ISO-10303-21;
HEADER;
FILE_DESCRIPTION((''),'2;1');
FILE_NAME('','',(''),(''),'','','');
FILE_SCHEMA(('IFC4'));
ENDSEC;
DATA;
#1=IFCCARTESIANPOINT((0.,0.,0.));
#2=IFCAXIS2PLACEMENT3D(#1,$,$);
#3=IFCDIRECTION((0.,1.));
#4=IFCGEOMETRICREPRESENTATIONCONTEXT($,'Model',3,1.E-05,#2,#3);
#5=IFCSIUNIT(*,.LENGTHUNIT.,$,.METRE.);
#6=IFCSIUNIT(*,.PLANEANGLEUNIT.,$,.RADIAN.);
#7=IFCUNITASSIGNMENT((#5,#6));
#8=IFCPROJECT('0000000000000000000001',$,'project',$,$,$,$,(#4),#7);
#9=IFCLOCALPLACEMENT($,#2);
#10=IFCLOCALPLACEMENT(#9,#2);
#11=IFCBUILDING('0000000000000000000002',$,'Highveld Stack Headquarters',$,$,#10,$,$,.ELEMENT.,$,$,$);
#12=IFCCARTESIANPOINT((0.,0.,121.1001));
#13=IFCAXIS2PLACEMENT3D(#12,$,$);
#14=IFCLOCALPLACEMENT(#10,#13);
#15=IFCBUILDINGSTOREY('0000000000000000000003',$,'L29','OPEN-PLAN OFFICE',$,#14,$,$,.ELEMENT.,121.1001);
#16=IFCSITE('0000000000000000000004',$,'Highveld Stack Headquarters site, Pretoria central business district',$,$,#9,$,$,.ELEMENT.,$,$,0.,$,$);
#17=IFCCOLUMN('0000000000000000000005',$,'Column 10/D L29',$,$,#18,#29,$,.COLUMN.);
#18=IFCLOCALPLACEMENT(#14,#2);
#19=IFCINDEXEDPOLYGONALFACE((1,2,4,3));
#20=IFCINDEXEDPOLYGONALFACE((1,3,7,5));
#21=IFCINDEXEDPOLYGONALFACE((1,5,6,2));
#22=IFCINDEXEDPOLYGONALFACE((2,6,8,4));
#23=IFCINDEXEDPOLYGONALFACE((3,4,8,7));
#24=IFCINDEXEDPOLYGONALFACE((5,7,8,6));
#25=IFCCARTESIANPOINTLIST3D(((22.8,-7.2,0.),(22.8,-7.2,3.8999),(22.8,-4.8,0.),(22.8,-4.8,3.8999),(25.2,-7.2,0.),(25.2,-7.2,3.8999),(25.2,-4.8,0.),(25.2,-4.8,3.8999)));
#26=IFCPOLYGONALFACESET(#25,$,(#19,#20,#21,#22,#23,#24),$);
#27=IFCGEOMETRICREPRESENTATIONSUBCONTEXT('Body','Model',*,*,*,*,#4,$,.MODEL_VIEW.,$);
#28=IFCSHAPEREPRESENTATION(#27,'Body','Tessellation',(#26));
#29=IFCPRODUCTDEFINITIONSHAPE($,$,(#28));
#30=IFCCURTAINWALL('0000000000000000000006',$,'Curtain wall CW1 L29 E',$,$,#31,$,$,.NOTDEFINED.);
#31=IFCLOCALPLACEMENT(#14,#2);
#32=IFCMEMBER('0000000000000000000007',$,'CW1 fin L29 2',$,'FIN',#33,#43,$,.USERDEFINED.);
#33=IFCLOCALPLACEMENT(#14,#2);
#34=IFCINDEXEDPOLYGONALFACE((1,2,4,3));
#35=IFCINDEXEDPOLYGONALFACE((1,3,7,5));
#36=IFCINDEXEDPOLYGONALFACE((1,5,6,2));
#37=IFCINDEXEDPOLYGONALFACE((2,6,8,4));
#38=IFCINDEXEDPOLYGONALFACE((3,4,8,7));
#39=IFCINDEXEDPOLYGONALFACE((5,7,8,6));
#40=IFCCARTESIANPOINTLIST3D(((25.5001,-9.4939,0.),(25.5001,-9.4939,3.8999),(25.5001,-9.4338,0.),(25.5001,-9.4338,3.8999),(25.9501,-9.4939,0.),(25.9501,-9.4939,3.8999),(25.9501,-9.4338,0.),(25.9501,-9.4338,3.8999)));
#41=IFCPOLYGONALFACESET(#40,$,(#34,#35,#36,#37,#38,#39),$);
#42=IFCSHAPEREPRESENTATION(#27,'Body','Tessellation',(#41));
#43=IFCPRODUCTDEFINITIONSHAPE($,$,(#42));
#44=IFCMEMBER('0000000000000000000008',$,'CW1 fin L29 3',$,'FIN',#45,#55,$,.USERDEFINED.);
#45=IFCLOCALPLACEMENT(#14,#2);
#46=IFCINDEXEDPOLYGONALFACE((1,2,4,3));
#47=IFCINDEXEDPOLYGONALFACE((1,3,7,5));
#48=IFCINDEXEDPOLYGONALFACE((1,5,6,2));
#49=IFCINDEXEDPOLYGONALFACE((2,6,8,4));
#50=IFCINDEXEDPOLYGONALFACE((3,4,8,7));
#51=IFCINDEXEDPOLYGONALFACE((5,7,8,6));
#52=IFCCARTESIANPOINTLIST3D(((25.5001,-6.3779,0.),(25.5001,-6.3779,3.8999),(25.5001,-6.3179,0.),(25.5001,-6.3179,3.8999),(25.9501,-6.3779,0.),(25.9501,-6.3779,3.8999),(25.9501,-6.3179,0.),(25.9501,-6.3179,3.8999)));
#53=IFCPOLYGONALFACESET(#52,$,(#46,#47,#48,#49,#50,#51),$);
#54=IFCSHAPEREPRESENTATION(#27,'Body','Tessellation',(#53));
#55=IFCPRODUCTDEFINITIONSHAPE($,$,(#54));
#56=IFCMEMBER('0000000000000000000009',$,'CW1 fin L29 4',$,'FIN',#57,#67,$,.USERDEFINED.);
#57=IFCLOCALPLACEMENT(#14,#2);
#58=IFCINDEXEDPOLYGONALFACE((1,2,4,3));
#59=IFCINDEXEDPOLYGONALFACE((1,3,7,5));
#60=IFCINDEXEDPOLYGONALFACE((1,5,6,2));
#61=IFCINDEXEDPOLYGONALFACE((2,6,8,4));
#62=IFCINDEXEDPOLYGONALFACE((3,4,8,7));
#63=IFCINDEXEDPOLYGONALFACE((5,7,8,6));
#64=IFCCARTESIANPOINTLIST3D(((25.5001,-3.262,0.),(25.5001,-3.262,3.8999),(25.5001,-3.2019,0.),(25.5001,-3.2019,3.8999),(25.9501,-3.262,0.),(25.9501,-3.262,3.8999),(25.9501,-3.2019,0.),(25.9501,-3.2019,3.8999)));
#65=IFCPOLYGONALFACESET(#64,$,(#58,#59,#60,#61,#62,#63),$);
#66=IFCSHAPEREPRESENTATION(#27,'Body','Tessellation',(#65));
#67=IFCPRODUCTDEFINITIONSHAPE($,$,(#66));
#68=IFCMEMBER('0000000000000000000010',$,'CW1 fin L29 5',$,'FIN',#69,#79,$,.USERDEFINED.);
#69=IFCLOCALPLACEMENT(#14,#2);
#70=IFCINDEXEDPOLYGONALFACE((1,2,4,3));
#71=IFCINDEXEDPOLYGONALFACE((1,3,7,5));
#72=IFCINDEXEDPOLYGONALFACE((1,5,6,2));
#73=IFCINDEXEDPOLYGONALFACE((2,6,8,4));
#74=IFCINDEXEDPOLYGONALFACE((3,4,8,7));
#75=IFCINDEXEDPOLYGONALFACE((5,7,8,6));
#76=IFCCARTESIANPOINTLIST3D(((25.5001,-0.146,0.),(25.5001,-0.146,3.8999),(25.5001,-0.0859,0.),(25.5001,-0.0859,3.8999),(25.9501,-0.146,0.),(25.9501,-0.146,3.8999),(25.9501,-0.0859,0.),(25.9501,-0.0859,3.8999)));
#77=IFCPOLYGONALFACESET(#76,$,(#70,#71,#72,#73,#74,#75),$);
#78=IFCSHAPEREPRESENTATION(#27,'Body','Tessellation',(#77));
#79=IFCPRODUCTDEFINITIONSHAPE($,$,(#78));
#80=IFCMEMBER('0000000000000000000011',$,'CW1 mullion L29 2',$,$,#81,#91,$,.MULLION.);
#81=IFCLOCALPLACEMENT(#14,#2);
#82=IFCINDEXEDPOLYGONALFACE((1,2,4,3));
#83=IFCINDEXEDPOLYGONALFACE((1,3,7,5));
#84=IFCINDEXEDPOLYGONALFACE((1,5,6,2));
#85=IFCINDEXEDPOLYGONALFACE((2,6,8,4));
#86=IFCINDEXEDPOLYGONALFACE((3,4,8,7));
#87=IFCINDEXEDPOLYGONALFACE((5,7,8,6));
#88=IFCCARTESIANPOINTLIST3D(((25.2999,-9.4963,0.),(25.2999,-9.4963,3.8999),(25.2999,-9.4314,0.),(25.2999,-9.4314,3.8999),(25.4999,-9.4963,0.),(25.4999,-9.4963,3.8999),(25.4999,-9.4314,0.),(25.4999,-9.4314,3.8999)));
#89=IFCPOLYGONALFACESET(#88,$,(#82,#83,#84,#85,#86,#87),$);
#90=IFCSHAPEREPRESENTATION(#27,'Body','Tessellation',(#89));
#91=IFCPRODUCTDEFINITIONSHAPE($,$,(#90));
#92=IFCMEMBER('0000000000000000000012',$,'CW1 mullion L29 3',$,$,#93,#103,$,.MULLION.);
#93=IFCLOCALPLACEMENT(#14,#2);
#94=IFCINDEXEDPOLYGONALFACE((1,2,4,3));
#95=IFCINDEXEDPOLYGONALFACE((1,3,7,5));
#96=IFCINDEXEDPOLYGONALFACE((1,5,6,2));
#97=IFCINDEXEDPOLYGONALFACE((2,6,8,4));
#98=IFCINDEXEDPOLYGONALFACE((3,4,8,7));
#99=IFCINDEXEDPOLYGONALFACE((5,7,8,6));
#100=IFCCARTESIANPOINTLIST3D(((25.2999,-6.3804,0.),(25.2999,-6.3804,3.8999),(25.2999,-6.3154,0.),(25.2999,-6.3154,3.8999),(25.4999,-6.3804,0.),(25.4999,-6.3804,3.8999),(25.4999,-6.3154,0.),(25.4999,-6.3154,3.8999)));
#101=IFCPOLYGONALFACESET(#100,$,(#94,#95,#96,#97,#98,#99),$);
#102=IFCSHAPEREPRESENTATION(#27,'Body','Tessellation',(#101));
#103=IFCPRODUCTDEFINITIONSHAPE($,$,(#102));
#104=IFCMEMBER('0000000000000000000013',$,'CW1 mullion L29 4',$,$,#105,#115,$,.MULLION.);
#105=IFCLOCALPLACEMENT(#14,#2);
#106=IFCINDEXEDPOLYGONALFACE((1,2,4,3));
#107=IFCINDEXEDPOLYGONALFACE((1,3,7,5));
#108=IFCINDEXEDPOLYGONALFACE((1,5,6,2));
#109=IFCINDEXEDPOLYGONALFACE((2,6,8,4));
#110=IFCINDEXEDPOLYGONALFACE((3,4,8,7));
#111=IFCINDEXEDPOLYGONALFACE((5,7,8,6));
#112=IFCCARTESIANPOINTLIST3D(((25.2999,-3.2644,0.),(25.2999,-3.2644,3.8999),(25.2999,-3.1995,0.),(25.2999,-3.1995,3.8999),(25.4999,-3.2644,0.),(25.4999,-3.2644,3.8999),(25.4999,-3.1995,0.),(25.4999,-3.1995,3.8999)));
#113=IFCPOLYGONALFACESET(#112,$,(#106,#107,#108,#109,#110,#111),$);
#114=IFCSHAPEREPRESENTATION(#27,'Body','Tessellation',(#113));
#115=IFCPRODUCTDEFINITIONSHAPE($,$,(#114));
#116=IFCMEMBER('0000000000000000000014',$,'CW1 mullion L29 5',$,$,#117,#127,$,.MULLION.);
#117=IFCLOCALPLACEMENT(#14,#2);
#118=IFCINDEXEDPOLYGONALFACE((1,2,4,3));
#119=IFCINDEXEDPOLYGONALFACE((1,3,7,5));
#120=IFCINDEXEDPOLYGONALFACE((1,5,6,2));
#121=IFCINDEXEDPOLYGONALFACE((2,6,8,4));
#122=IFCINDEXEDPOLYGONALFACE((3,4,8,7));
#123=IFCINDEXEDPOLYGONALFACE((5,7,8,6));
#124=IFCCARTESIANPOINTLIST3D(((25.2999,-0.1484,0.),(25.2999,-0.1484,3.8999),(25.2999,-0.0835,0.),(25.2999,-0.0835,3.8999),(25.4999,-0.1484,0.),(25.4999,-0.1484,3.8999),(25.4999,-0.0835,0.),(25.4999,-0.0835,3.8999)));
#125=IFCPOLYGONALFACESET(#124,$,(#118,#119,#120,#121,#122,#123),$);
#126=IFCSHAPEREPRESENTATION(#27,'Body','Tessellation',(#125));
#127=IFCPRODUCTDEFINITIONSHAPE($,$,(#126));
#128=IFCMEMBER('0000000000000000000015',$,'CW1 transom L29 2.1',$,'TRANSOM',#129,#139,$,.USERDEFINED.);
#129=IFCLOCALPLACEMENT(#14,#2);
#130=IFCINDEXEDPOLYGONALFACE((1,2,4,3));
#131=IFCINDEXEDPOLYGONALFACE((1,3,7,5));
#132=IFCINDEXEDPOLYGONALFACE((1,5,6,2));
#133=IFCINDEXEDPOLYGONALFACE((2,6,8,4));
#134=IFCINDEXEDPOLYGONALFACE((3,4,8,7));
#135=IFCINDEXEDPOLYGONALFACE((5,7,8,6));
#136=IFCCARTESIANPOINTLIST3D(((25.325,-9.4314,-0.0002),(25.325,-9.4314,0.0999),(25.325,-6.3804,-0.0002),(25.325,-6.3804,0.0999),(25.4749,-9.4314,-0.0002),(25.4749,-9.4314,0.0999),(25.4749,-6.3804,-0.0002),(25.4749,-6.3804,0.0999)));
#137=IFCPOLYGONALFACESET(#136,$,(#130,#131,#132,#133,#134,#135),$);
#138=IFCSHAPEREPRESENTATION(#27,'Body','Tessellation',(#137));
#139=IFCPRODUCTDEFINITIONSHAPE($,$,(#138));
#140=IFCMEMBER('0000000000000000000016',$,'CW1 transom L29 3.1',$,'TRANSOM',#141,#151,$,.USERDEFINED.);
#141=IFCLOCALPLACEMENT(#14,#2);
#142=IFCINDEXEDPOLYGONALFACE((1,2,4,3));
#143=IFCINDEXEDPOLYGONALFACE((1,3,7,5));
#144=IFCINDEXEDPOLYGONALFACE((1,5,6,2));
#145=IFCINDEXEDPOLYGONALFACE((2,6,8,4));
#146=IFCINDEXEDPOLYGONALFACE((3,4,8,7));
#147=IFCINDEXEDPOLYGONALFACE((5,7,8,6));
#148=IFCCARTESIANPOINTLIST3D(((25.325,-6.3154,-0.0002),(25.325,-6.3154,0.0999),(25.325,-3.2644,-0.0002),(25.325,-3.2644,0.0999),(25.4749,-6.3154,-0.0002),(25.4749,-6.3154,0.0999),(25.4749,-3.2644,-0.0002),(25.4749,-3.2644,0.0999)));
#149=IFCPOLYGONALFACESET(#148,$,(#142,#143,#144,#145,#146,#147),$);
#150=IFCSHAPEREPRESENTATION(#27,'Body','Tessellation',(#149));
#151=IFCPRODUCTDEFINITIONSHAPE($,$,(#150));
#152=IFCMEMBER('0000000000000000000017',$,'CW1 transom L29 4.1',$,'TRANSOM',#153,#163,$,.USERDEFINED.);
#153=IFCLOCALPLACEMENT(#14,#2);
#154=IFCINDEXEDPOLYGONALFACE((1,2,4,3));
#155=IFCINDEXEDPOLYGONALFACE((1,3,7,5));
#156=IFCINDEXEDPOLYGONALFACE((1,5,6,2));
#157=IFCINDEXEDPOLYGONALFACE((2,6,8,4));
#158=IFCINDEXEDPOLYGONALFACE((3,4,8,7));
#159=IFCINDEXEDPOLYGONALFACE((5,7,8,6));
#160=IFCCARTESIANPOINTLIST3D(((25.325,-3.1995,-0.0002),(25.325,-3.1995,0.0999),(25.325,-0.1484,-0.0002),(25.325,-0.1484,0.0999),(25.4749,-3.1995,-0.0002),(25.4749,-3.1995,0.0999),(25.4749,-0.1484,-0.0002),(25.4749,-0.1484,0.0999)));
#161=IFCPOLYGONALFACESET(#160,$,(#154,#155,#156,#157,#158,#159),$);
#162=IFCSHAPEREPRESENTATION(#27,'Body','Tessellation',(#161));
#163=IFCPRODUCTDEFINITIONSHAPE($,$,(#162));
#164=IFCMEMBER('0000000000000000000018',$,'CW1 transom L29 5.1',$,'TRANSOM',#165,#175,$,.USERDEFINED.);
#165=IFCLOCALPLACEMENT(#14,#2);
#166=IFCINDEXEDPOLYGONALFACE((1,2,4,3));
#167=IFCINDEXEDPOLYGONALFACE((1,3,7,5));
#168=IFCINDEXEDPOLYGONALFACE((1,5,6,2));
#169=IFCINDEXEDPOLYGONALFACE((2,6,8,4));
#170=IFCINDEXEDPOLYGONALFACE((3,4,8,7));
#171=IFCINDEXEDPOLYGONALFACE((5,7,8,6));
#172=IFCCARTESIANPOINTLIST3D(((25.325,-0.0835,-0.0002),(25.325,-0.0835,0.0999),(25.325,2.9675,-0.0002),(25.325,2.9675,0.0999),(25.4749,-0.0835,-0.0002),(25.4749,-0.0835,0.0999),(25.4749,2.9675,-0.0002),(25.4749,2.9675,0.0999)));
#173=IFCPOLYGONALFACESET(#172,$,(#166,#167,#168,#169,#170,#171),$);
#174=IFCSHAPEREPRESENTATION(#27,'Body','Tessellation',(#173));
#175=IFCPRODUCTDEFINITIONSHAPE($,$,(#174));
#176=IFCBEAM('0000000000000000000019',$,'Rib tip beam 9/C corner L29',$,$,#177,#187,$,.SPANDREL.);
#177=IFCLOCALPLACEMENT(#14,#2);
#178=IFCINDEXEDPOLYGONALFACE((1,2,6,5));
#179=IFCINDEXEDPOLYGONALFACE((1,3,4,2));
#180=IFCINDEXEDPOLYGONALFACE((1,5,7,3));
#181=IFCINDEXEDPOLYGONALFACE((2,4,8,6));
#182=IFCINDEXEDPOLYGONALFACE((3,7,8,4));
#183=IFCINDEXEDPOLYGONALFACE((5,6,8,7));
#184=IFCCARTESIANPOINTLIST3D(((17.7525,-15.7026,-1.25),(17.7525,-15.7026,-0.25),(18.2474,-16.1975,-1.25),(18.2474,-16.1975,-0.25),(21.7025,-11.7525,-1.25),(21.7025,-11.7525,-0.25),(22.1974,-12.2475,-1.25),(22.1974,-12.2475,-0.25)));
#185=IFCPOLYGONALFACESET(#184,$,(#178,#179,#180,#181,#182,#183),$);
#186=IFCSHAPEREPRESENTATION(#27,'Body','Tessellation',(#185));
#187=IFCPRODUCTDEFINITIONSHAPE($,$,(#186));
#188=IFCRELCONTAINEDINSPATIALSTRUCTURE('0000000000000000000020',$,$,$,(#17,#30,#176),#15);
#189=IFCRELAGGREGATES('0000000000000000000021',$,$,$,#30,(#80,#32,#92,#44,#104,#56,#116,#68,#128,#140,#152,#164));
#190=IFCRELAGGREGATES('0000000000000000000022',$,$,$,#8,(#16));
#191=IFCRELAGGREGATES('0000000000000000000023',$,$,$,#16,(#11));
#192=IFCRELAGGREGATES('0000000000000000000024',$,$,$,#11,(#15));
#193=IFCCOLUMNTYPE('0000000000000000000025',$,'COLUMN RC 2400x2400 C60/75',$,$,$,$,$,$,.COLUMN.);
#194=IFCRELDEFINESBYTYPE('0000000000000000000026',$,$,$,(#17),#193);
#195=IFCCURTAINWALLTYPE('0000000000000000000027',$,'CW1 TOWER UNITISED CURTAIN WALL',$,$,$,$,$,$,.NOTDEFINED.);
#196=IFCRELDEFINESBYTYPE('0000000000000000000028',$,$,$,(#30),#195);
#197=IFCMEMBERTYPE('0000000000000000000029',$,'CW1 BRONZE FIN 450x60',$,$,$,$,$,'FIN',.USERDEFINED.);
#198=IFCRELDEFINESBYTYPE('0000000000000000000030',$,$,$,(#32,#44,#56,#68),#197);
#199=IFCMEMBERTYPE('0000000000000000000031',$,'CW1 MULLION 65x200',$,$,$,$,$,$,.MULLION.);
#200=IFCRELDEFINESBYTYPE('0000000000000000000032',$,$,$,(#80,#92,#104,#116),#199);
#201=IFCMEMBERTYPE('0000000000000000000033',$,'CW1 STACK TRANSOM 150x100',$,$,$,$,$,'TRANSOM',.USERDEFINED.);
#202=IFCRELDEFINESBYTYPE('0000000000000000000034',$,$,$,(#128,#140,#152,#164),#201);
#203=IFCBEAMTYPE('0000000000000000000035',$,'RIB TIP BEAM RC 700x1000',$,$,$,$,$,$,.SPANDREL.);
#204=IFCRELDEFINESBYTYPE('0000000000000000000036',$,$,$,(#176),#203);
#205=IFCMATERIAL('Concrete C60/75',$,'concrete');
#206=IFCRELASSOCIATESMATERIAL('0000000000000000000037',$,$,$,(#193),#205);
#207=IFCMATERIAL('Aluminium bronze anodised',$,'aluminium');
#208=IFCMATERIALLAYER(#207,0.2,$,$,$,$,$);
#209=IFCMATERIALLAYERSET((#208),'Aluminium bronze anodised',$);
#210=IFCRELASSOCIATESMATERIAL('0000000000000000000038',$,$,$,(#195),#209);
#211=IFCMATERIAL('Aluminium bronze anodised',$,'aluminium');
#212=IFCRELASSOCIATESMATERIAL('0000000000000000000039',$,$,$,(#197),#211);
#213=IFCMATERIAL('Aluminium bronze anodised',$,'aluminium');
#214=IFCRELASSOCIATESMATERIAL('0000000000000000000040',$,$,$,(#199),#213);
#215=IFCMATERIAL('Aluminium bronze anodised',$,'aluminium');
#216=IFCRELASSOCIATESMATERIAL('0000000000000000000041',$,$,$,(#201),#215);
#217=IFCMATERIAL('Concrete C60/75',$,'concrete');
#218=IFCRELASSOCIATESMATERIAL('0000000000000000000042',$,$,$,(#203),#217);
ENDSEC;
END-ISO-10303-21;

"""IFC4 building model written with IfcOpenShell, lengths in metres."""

from ifc_helpers import new_model, si_unit, direction, frame, origin, origin_2d, place, context, subcontext, project, spatial, rectangle, extrude, material, layer, layer_set, material_profile, profile_set, type_object, element, aggregate, save


model = new_model("IFC4")

# Units and contexts
model_context = context("Model", 3, precision=1e-05, world=origin(), true_north=direction((0.0, 1.0)))
body_context = subcontext(model_context, "Body", "Model", "MODEL_VIEW")
ifc_project = project(units=[si_unit("LENGTHUNIT", "METRE"), si_unit("PLANEANGLEUNIT", "RADIAN")], contexts=[model_context])

# Site, building, storey
site_placement = place(None, origin())
site = spatial("IfcSite", under=ifc_project, at=site_placement, Name="Highveld Stack Headquarters site, Pretoria central business district", CompositionType="ELEMENT", RefElevation=0.0)
building_placement = place(site_placement, origin())
building = spatial("IfcBuilding", under=site, at=building_placement, Name="Highveld Stack Headquarters", CompositionType="ELEMENT")
storey_placement = place(building_placement, frame((0.0, 0.0, 121.1001)))
storey = spatial("IfcBuildingStorey", under=building, at=storey_placement, Name="L29", Description="OPEN-PLAN OFFICE", CompositionType="ELEMENT", Elevation=121.1001)

# Column
ifc_material_1 = material(Name="Concrete C60/75", Category="concrete")
ifc_material_profile_1 = material_profile(ifc_material_1, rectangle(XDim=2.3999, YDim=2.3999, at=origin_2d()), Name="RC 2400x2400")
ifc_profile_set_1 = profile_set([ifc_material_profile_1], Name="Concrete C60/75")
column_type = type_object("IfcColumnType", Name="COLUMN RC 2400x2400 C60/75", PredefinedType="COLUMN", material=ifc_profile_set_1)
column_placement = place(storey_placement, frame((24.0, -6.0, 0.0), z_axis=(0.0, 0.0, 1.0), x_axis=(1.0, 0.0, 0.0)))
element("IfcColumn", 1, at=column_placement, inside=storey, type_object=column_type, Name="Column 10/D L29", PredefinedType="COLUMN", context=body_context, shape_type="SweptSolid", body=[
    extrude(rectangle(XDim=2.3999, YDim=2.3999, at=origin_2d()), origin(), (0.0, 0.0, 1.0), 3.8999),
])

# Curtain wall, members
ifc_material_2 = material(Name="Aluminium bronze anodised", Category="aluminium")
ifc_layer_1 = layer(ifc_material_2, 0.2)
ifc_layer_set_1 = layer_set([ifc_layer_1], Name="Aluminium bronze anodised")
curtain_wall_type = type_object("IfcCurtainWallType", Name="CW1 TOWER UNITISED CURTAIN WALL", PredefinedType="NOTDEFINED", material=ifc_layer_set_1)
curtain_wall_placement = place(storey_placement, origin())
curtain_wall = element("IfcCurtainWall", 2, at=curtain_wall_placement, inside=storey, type_object=curtain_wall_type, Name="Curtain wall CW1 L29 E", PredefinedType="NOTDEFINED")
ifc_material_3 = material(Name="Aluminium bronze anodised", Category="aluminium")
ifc_material_profile_2 = material_profile(ifc_material_3, rectangle(XDim=0.45, YDim=0.0601, at=origin_2d()), Name="FIN 450x60")
ifc_profile_set_2 = profile_set([ifc_material_profile_2], Name="Aluminium bronze anodised")
member_type_1 = type_object("IfcMemberType", Name="CW1 BRONZE FIN 450x60", ElementType="FIN", PredefinedType="USERDEFINED", material=ifc_profile_set_2)
member_1_placement = place(storey_placement, frame((25.7251, -9.4639, 0.0), z_axis=(0.0, 0.0, 1.0), x_axis=(-1.0, 0.0, 0.0)))
member_1 = element("IfcMember", 3, at=member_1_placement, type_object=member_type_1, Name="CW1 fin L29 2", ObjectType="FIN", PredefinedType="USERDEFINED", context=body_context, shape_type="SweptSolid", body=[
    extrude(rectangle(XDim=0.45, YDim=0.0601, at=origin_2d()), origin(), (0.0, 0.0, 1.0), 3.8999),
])
member_2_placement = place(storey_placement, frame((25.7251, -6.3479, 0.0), z_axis=(0.0, 0.0, 1.0), x_axis=(-1.0, 0.0, 0.0)))
member_2 = element("IfcMember", 4, at=member_2_placement, type_object=member_type_1, Name="CW1 fin L29 3", ObjectType="FIN", PredefinedType="USERDEFINED", context=body_context, shape_type="SweptSolid", body=[
    extrude(rectangle(XDim=0.45, YDim=0.0601, at=origin_2d()), origin(), (0.0, 0.0, 1.0), 3.8999),
])
member_3_placement = place(storey_placement, frame((25.7251, -3.2319, 0.0), z_axis=(0.0, 0.0, 1.0), x_axis=(-1.0, 0.0, 0.0)))
member_3 = element("IfcMember", 5, at=member_3_placement, type_object=member_type_1, Name="CW1 fin L29 4", ObjectType="FIN", PredefinedType="USERDEFINED", context=body_context, shape_type="SweptSolid", body=[
    extrude(rectangle(XDim=0.45, YDim=0.0601, at=origin_2d()), origin(), (0.0, 0.0, 1.0), 3.8999),
])
member_4_placement = place(storey_placement, frame((25.7251, -0.116, 0.0), z_axis=(0.0, 0.0, 1.0), x_axis=(-1.0, 0.0, 0.0)))
member_4 = element("IfcMember", 6, at=member_4_placement, type_object=member_type_1, Name="CW1 fin L29 5", ObjectType="FIN", PredefinedType="USERDEFINED", context=body_context, shape_type="SweptSolid", body=[
    extrude(rectangle(XDim=0.45, YDim=0.0601, at=origin_2d()), origin(), (0.0, 0.0, 1.0), 3.8999),
])
ifc_material_4 = material(Name="Aluminium bronze anodised", Category="aluminium")
ifc_material_profile_3 = material_profile(ifc_material_4, rectangle(XDim=0.2, YDim=0.0649, at=origin_2d()), Name="CW1 MULLION 65x200")
ifc_profile_set_3 = profile_set([ifc_material_profile_3], Name="Aluminium bronze anodised")
member_type_2 = type_object("IfcMemberType", Name="CW1 MULLION 65x200", PredefinedType="MULLION", material=ifc_profile_set_3)
member_5_placement = place(storey_placement, frame((25.3999, -9.4639, 0.0), z_axis=(0.0, 0.0, 1.0), x_axis=(-1.0, 0.0, 0.0)))
member_5 = element("IfcMember", 7, at=member_5_placement, type_object=member_type_2, Name="CW1 mullion L29 2", PredefinedType="MULLION", context=body_context, shape_type="SweptSolid", body=[
    extrude(rectangle(XDim=0.2, YDim=0.0649, at=origin_2d()), origin(), (0.0, 0.0, 1.0), 3.8999),
])
member_6_placement = place(storey_placement, frame((25.3999, -6.3479, 0.0), z_axis=(0.0, 0.0, 1.0), x_axis=(-1.0, 0.0, 0.0)))
member_6 = element("IfcMember", 8, at=member_6_placement, type_object=member_type_2, Name="CW1 mullion L29 3", PredefinedType="MULLION", context=body_context, shape_type="SweptSolid", body=[
    extrude(rectangle(XDim=0.2, YDim=0.0649, at=origin_2d()), origin(), (0.0, 0.0, 1.0), 3.8999),
])
member_7_placement = place(storey_placement, frame((25.3999, -3.2319, 0.0), z_axis=(0.0, 0.0, 1.0), x_axis=(-1.0, 0.0, 0.0)))
member_7 = element("IfcMember", 9, at=member_7_placement, type_object=member_type_2, Name="CW1 mullion L29 4", PredefinedType="MULLION", context=body_context, shape_type="SweptSolid", body=[
    extrude(rectangle(XDim=0.2, YDim=0.0649, at=origin_2d()), origin(), (0.0, 0.0, 1.0), 3.8999),
])
member_8_placement = place(storey_placement, frame((25.3999, -0.116, 0.0), z_axis=(0.0, 0.0, 1.0), x_axis=(-1.0, 0.0, 0.0)))
member_8 = element("IfcMember", 10, at=member_8_placement, type_object=member_type_2, Name="CW1 mullion L29 5", PredefinedType="MULLION", context=body_context, shape_type="SweptSolid", body=[
    extrude(rectangle(XDim=0.2, YDim=0.0649, at=origin_2d()), origin(), (0.0, 0.0, 1.0), 3.8999),
])
ifc_material_5 = material(Name="Aluminium bronze anodised", Category="aluminium")
ifc_material_profile_4 = material_profile(ifc_material_5, rectangle(XDim=0.1499, YDim=0.1001, at=origin_2d()), Name="CW1 TRANSOM 150x100")
ifc_profile_set_4 = profile_set([ifc_material_profile_4], Name="Aluminium bronze anodised")
member_type_3 = type_object("IfcMemberType", Name="CW1 STACK TRANSOM 150x100", ElementType="TRANSOM", PredefinedType="USERDEFINED", material=ifc_profile_set_4)
member_9_placement = place(storey_placement, frame((25.3999, -9.4314, 0.0498), z_axis=(0.0, 1.0, 0.0), x_axis=(-1.0, 0.0, 0.0)))
member_9 = element("IfcMember", 11, at=member_9_placement, type_object=member_type_3, Name="CW1 transom L29 2.1", ObjectType="TRANSOM", PredefinedType="USERDEFINED", context=body_context, shape_type="SweptSolid", body=[
    extrude(rectangle(XDim=0.1499, YDim=0.1001, at=origin_2d()), origin(), (0.0, 0.0, 1.0), 3.051),
])
member_10_placement = place(storey_placement, frame((25.3999, -6.3154, 0.0498), z_axis=(0.0, 1.0, 0.0), x_axis=(-1.0, 0.0, 0.0)))
member_10 = element("IfcMember", 12, at=member_10_placement, type_object=member_type_3, Name="CW1 transom L29 3.1", ObjectType="TRANSOM", PredefinedType="USERDEFINED", context=body_context, shape_type="SweptSolid", body=[
    extrude(rectangle(XDim=0.1499, YDim=0.1001, at=origin_2d()), origin(), (0.0, 0.0, 1.0), 3.051),
])
member_11_placement = place(storey_placement, frame((25.3999, -3.1995, 0.0498), z_axis=(0.0, 1.0, 0.0), x_axis=(-1.0, 0.0, 0.0)))
member_11 = element("IfcMember", 13, at=member_11_placement, type_object=member_type_3, Name="CW1 transom L29 4.1", ObjectType="TRANSOM", PredefinedType="USERDEFINED", context=body_context, shape_type="SweptSolid", body=[
    extrude(rectangle(XDim=0.1499, YDim=0.1001, at=origin_2d()), origin(), (0.0, 0.0, 1.0), 3.051),
])
member_12_placement = place(storey_placement, frame((25.3999, -0.0835, 0.0498), z_axis=(0.0, 1.0, 0.0), x_axis=(-1.0, 0.0, 0.0)))
member_12 = element("IfcMember", 14, at=member_12_placement, type_object=member_type_3, Name="CW1 transom L29 5.1", ObjectType="TRANSOM", PredefinedType="USERDEFINED", context=body_context, shape_type="SweptSolid", body=[
    extrude(rectangle(XDim=0.1499, YDim=0.1001, at=origin_2d()), origin(), (0.0, 0.0, 1.0), 3.051),
])

# Beam
ifc_material_6 = material(Name="Concrete C60/75", Category="concrete")
ifc_material_profile_5 = material_profile(ifc_material_6, rectangle(XDim=0.7, YDim=1.0, at=origin_2d()), Name="RC 700x1000")
ifc_profile_set_5 = profile_set([ifc_material_profile_5], Name="Concrete C60/75")
beam_type = type_object("IfcBeamType", Name="RIB TIP BEAM RC 700x1000", PredefinedType="SPANDREL", material=ifc_profile_set_5)
beam_placement = place(storey_placement, frame((21.95, -12.0, -0.75), z_axis=(-0.707107, -0.707107, 0.0), x_axis=(0.707107, -0.707107, 0.0)))
element("IfcBeam", 15, at=beam_placement, inside=storey, type_object=beam_type, Name="Rib tip beam 9/C corner L29", PredefinedType="SPANDREL", context=body_context, shape_type="SweptSolid", body=[
    extrude(rectangle(XDim=0.7, YDim=1.0, at=origin_2d()), origin(), (0.0, 0.0, 1.0), 5.5862),
])

aggregate(curtain_wall, [member_5, member_1, member_6, member_2, member_7, member_3, member_8, member_4, member_9, member_10, member_11, member_12])

save(model, "model.ifc")
